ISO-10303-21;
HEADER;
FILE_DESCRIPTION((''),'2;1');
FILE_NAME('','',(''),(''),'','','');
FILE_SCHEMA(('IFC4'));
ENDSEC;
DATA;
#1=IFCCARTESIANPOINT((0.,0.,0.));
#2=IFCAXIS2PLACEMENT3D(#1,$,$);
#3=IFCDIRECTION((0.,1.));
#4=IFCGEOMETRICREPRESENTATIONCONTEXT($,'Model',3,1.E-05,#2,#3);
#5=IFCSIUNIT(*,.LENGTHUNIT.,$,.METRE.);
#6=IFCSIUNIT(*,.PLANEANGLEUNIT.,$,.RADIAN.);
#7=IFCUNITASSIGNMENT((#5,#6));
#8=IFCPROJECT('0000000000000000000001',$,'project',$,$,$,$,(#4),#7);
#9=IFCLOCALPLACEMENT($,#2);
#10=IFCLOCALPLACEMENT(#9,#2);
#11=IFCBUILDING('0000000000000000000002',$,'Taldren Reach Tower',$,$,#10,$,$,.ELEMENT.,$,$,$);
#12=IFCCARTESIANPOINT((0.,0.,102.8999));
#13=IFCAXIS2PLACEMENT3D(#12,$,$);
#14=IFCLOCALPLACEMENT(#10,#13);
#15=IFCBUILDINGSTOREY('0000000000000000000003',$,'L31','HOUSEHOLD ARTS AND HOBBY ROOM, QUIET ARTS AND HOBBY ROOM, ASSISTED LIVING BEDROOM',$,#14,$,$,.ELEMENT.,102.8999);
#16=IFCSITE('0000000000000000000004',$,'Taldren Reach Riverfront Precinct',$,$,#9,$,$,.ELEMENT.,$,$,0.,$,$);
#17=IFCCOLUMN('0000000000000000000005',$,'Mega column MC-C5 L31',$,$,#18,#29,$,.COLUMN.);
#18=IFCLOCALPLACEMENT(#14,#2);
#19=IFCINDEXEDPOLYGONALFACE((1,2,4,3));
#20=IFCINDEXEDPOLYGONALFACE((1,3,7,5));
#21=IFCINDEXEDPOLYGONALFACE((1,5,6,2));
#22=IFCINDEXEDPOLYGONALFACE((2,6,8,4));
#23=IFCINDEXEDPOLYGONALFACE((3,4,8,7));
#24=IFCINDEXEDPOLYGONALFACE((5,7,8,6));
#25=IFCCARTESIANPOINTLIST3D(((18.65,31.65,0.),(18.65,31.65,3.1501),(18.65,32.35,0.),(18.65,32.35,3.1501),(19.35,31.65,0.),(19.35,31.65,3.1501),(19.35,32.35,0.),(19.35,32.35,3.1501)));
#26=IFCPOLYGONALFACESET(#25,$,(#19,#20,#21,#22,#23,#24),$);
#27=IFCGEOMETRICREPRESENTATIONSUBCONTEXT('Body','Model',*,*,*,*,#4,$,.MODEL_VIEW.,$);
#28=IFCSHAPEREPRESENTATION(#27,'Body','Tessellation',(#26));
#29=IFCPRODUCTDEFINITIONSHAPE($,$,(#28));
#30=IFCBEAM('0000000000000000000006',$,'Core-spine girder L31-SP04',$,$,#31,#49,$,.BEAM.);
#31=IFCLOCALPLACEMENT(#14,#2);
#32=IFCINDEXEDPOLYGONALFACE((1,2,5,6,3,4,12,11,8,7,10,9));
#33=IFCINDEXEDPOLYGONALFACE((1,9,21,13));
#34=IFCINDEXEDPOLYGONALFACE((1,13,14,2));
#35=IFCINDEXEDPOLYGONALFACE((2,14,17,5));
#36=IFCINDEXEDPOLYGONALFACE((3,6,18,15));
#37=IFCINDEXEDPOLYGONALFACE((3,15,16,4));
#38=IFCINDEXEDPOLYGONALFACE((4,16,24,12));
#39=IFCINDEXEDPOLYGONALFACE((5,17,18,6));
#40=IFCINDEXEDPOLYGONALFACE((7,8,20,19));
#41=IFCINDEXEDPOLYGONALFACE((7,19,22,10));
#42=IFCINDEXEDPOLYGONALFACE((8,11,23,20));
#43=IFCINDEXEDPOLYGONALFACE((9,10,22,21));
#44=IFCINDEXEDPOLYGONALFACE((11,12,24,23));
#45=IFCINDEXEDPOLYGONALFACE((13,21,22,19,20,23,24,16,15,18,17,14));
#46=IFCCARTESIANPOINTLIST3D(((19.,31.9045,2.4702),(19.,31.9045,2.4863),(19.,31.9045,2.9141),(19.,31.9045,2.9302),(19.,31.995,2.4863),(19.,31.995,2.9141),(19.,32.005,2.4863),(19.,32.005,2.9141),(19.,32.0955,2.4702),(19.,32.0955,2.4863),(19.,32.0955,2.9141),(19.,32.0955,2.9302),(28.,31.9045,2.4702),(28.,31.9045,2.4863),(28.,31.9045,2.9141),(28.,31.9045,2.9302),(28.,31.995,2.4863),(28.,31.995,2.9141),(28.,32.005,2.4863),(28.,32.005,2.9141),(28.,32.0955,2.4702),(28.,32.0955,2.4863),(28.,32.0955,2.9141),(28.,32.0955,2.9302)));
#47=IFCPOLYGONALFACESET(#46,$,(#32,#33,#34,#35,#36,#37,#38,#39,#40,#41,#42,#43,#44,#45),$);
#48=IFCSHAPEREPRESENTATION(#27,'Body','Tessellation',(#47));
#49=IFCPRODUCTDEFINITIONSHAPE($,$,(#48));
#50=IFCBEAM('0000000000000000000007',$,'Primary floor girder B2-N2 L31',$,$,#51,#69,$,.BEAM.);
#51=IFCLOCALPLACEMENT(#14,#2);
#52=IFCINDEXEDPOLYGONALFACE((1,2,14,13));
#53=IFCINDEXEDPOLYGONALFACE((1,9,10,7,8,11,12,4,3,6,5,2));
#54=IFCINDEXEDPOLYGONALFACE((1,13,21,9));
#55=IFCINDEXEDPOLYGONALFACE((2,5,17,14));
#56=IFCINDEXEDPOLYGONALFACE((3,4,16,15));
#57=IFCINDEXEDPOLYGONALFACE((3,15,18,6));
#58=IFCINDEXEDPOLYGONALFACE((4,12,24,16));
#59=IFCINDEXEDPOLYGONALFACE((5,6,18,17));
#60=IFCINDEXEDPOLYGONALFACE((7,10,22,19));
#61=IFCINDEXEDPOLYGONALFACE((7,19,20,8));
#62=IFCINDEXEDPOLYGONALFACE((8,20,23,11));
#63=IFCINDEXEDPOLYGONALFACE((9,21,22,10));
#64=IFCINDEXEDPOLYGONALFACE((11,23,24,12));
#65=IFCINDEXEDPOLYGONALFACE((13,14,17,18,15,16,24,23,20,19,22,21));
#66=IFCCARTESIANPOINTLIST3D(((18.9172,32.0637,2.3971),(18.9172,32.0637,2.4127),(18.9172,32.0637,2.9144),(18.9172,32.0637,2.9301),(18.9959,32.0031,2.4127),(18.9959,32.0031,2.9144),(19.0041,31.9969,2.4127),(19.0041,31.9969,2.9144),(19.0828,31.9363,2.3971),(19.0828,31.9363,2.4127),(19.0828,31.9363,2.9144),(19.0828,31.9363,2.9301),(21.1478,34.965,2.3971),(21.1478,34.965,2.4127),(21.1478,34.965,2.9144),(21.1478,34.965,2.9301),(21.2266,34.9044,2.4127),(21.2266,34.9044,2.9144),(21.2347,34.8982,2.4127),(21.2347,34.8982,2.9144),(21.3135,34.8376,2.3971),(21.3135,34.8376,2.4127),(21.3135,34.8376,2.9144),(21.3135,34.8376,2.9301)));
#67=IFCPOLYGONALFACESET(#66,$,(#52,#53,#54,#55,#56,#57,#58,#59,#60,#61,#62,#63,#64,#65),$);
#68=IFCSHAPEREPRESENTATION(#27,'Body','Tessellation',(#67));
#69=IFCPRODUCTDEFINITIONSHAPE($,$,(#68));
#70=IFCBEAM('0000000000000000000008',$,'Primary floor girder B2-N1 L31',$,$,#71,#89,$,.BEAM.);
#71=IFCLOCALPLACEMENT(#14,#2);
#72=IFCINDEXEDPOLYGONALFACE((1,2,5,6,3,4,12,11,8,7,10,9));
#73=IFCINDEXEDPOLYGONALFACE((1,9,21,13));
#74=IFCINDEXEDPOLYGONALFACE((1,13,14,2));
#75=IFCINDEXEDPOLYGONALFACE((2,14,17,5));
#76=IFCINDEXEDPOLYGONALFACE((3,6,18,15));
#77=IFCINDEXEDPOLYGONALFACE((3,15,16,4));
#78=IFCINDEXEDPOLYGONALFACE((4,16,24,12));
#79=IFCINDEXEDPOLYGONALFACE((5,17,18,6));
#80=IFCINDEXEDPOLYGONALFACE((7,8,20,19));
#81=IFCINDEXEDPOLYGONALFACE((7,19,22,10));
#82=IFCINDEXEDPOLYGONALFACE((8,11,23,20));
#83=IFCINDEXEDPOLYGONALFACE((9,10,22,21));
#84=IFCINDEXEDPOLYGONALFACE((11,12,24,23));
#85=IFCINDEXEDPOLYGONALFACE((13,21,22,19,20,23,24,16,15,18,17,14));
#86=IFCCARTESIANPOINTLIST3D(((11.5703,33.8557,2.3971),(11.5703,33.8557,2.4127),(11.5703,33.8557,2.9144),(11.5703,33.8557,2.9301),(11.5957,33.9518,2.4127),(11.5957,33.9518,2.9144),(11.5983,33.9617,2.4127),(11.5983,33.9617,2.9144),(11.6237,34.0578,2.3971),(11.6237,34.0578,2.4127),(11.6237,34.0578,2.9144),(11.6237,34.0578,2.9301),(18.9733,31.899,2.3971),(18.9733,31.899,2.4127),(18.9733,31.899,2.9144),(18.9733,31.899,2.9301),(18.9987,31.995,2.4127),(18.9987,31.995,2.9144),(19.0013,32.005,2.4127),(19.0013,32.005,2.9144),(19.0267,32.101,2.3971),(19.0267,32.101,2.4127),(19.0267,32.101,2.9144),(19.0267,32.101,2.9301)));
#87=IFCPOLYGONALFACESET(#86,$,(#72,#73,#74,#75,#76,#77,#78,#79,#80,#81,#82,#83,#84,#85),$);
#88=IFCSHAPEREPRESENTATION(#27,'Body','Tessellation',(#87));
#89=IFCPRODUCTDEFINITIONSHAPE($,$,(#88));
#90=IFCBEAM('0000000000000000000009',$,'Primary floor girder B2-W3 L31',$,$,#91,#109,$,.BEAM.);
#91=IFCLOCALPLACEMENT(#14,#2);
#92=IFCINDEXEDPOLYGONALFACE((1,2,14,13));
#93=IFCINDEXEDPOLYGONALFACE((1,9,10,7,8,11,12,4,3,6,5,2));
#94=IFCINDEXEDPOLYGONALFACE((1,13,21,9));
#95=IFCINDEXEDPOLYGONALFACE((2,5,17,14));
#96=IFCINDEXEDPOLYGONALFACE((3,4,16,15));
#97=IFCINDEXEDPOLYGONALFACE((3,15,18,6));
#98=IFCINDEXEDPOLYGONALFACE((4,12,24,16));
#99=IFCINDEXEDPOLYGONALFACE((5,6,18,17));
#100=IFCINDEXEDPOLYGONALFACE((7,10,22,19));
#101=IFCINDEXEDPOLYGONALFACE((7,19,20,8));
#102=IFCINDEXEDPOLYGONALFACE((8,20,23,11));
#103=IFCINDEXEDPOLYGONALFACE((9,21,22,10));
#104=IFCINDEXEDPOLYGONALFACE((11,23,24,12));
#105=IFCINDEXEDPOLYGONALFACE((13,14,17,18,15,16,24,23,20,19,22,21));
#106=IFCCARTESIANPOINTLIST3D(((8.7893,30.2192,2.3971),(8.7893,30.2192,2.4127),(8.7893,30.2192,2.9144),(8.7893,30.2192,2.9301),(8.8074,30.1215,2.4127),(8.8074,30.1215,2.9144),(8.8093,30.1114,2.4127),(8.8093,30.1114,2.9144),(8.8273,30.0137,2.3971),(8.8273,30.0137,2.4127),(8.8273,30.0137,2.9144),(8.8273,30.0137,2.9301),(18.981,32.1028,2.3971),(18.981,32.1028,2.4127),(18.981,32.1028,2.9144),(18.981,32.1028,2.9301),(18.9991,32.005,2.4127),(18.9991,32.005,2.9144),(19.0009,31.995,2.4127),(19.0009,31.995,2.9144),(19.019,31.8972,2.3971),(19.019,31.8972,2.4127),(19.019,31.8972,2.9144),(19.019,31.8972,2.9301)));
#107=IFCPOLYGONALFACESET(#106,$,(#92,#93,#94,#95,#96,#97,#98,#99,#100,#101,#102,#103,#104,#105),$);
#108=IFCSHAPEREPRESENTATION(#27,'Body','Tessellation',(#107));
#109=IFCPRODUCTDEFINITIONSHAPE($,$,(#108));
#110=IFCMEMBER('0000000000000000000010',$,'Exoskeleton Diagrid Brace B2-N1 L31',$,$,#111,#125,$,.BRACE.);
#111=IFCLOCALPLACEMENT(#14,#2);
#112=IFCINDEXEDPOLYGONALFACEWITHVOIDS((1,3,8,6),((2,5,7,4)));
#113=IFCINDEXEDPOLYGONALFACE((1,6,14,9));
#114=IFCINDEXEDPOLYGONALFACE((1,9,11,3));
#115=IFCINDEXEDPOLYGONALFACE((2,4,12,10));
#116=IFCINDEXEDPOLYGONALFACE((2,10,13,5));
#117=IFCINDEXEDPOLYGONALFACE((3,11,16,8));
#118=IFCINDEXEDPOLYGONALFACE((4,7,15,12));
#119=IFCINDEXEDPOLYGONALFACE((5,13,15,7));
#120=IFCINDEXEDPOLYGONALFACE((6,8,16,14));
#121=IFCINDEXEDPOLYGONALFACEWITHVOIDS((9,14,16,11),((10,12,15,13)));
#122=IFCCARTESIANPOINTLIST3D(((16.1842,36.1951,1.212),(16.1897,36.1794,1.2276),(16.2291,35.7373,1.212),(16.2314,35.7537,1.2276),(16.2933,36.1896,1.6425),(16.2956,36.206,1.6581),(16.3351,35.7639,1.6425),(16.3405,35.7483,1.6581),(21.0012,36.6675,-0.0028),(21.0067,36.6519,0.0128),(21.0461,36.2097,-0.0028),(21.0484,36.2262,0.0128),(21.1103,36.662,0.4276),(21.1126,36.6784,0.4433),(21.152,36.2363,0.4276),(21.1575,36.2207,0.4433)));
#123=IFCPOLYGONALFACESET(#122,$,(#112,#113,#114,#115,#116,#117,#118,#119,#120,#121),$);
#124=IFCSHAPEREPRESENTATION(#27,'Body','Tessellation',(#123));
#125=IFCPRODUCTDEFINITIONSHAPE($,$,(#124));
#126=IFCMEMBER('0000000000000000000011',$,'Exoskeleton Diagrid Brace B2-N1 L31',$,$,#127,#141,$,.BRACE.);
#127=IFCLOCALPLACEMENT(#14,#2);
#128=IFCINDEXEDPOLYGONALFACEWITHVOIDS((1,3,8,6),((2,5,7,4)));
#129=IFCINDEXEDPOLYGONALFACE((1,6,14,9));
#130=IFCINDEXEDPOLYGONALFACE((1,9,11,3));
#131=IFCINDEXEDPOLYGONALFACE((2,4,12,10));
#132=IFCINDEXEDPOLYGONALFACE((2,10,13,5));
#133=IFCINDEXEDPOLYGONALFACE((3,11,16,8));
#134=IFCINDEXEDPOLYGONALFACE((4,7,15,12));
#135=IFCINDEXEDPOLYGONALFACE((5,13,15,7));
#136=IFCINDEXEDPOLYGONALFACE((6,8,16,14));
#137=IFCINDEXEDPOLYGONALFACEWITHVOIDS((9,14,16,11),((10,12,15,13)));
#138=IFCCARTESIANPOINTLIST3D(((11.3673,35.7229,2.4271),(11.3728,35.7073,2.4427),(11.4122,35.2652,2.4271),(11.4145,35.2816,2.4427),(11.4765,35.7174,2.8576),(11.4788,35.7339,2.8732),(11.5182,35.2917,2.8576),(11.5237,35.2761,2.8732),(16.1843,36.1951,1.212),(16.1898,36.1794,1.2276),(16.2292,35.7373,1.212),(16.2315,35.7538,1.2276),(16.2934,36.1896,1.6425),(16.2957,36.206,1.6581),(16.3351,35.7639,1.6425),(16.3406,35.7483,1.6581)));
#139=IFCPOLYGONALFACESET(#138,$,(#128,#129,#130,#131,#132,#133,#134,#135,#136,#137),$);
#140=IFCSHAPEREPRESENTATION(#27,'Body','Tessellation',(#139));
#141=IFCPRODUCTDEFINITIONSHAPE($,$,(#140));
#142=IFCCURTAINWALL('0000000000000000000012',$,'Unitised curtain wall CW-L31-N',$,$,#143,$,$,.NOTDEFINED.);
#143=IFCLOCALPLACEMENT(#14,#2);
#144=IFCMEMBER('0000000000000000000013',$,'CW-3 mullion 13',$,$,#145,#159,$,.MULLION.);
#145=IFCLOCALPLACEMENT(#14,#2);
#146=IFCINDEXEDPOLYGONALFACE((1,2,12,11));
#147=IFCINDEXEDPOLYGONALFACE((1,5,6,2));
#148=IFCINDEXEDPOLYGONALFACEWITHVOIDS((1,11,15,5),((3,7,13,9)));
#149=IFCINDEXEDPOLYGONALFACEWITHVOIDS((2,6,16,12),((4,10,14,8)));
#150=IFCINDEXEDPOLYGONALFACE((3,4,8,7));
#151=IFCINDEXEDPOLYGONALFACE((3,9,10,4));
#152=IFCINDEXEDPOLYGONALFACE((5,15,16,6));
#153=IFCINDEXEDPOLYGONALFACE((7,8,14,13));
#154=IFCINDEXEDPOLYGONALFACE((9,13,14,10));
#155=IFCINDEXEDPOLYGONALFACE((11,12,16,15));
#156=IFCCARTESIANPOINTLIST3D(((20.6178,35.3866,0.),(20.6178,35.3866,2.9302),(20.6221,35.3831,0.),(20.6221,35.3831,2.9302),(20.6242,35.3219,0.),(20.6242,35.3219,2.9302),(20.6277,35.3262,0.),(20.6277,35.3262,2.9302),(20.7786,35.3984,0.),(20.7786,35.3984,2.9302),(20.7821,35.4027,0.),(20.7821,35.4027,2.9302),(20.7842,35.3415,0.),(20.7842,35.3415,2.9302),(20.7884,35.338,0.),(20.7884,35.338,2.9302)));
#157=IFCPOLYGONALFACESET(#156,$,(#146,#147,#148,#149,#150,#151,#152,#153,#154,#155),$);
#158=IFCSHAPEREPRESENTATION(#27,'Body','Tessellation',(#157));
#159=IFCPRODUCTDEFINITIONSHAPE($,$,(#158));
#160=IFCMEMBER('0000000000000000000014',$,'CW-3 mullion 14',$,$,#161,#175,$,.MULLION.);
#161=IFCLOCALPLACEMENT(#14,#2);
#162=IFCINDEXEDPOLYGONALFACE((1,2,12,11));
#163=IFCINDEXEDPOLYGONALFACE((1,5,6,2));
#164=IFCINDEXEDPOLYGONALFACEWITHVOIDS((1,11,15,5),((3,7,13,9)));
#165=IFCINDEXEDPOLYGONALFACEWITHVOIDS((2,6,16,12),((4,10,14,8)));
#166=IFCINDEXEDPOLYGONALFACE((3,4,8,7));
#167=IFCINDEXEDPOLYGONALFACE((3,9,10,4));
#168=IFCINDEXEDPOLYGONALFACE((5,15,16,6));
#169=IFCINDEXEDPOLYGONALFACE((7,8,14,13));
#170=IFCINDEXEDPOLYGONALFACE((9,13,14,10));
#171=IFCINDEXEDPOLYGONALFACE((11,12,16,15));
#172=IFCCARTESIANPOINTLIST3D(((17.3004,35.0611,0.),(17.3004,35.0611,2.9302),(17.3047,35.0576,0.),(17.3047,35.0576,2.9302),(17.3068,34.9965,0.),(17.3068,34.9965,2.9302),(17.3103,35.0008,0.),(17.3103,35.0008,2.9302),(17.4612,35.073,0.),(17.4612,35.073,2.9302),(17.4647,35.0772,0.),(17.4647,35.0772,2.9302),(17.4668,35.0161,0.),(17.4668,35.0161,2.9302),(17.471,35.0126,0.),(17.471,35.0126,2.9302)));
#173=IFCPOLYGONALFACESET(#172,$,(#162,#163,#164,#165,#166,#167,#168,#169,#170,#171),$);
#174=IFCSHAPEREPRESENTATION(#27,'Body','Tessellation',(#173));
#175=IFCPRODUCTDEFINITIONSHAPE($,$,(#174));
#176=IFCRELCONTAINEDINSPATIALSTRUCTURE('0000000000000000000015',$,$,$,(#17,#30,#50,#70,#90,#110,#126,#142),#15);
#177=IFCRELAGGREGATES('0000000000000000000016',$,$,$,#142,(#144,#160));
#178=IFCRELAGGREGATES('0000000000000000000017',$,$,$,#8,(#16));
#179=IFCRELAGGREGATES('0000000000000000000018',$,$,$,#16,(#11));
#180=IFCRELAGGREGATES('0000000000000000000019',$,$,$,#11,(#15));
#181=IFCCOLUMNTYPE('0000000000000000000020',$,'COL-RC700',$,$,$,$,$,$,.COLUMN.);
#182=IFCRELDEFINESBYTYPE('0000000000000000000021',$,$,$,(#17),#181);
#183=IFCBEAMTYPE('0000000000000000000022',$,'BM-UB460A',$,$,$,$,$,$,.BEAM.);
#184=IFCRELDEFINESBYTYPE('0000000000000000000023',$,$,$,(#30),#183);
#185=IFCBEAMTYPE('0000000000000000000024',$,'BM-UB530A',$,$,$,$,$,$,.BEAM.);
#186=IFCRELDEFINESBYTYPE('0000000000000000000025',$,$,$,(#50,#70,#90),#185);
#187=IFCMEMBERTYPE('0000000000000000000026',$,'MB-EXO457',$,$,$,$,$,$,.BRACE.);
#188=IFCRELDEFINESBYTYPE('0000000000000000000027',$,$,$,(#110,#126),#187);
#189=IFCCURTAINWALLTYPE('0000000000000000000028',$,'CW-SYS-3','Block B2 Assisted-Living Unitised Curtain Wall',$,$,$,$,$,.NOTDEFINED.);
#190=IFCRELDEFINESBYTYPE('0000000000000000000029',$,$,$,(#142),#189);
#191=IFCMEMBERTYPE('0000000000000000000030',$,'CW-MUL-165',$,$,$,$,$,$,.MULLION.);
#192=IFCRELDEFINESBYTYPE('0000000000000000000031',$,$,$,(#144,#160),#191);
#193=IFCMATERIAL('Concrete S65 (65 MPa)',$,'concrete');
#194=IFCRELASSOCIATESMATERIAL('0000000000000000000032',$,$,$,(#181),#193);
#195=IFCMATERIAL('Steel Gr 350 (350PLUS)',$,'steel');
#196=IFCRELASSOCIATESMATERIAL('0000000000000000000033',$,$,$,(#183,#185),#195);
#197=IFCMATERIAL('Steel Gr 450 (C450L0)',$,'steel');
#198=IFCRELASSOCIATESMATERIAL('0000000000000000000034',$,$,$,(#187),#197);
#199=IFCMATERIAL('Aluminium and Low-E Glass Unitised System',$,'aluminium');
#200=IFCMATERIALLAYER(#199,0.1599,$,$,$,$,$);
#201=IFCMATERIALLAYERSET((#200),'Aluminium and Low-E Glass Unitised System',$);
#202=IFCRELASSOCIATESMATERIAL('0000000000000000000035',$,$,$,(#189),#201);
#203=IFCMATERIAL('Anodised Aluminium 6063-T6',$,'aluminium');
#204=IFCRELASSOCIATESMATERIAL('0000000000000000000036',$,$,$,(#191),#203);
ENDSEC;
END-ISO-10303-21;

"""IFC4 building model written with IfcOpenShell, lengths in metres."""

from ifc_helpers import new_model, si_unit, direction, frame, origin, origin_2d, place, context, subcontext, project, spatial, rectangle, hollow_rectangle, i_section, extrude, source, transform, mapped, material, layer, layer_set, material_profile, profile_set, type_object, element, aggregate, save


model = new_model("IFC4")

# Units and contexts
model_context = context("Model", 3, precision=1e-05, world=origin(), true_north=direction((0.0, 1.0)))
body_context = subcontext(model_context, "Body", "Model", "MODEL_VIEW")
ifc_project = project(units=[si_unit("LENGTHUNIT", "METRE"), si_unit("PLANEANGLEUNIT", "RADIAN")], contexts=[model_context])

# Site, building, storey
site_placement = place(None, origin())
site = spatial("IfcSite", under=ifc_project, at=site_placement, Name="Taldren Reach Riverfront Precinct", CompositionType="ELEMENT", RefElevation=0.0)
building_placement = place(site_placement, origin())
building = spatial("IfcBuilding", under=site, at=building_placement, Name="Taldren Reach Tower", CompositionType="ELEMENT")
storey_placement = place(building_placement, frame((0.0, 0.0, 102.8999)))
storey = spatial("IfcBuildingStorey", under=building, at=storey_placement, Name="L31", Description="HOUSEHOLD ARTS AND HOBBY ROOM, QUIET ARTS AND HOBBY ROOM, ASSISTED LIVING BEDROOM", CompositionType="ELEMENT", Elevation=102.8999)

# Column
ifc_material_1 = material(Name="Concrete S65 (65 MPa)", Category="concrete")
ifc_material_profile_1 = material_profile(ifc_material_1, rectangle(XDim=0.7, YDim=0.7, at=origin_2d()), Name="RC-700x700")
ifc_profile_set_1 = profile_set([ifc_material_profile_1], Name="Concrete S65 (65 MPa)")
column_type = type_object("IfcColumnType", Name="COL-RC700", PredefinedType="COLUMN", material=ifc_profile_set_1)
shared_shape_1 = source(origin(), body_context, "Body", "SweptSolid", [
    extrude(rectangle(XDim=0.7, YDim=0.7, at=origin_2d()), origin(), (0.0, 0.0, 1.0), 3.1501),
])
column_placement = place(storey_placement, frame((19.0, 32.0, 0.0), z_axis=(0.0, 0.0, 1.0), x_axis=(1.0, 0.0, 0.0)))
element("IfcColumn", 1, at=column_placement, inside=storey, type_object=column_type, Name="Mega column MC-C5 L31", PredefinedType="COLUMN", context=body_context, shape_type="MappedRepresentation", body=[
    mapped(shared_shape_1, transform((0.0, 0.0, 0.0), scale=1.0)),
])

# Beams
ifc_material_2 = material(Name="Steel Gr 350 (350PLUS)", Category="steel")
ifc_material_profile_2 = material_profile(ifc_material_2, i_section(OverallWidth=0.1909, OverallDepth=0.46, WebThickness=0.01, FlangeThickness=0.0161, at=origin_2d()), Name="460UB82.1")
ifc_profile_set_2 = profile_set([ifc_material_profile_2], Name="Steel Gr 350 (350PLUS)")
beam_type_1 = type_object("IfcBeamType", Name="BM-UB460A", PredefinedType="BEAM", material=ifc_profile_set_2)
shared_shape_2 = source(origin(), body_context, "Body", "SweptSolid", [
    extrude(i_section(OverallWidth=0.1909, OverallDepth=0.46, WebThickness=0.01, FlangeThickness=0.0161, at=origin_2d()), origin(), (0.0, 0.0, 1.0), 9.0),
])
beam_1_placement = place(storey_placement, frame((19.0, 32.0, 2.7002), z_axis=(1.0, 0.0, 0.0), x_axis=(0.0, 1.0, 0.0)))
element("IfcBeam", 2, at=beam_1_placement, inside=storey, type_object=beam_type_1, Name="Core-spine girder L31-SP04", PredefinedType="BEAM", context=body_context, shape_type="MappedRepresentation", body=[
    mapped(shared_shape_2, transform((0.0, 0.0, 0.0), scale=1.0)),
])
ifc_material_profile_3 = material_profile(ifc_material_2, i_section(OverallWidth=0.209, OverallDepth=0.533, WebThickness=0.0103, FlangeThickness=0.0156, at=origin_2d()), Name="530UB92.4")
ifc_profile_set_3 = profile_set([ifc_material_profile_3], Name="Steel Gr 350 (350PLUS)")
beam_type_2 = type_object("IfcBeamType", Name="BM-UB530A", PredefinedType="BEAM", material=ifc_profile_set_3)
shared_shape_3 = source(origin(), body_context, "Body", "SweptSolid", [
    extrude(i_section(OverallWidth=0.209, OverallDepth=0.533, WebThickness=0.0103, FlangeThickness=0.0156, at=origin_2d()), origin(), (0.0, 0.0, 1.0), 3.6597),
])
beam_2_placement = place(storey_placement, frame((19.0, 32.0, 2.6636), z_axis=(0.609521, 0.79277, 0.0), x_axis=(-0.79277, 0.609521, 0.0)))
element("IfcBeam", 3, at=beam_2_placement, inside=storey, type_object=beam_type_2, Name="Primary floor girder B2-N2 L31", PredefinedType="BEAM", context=body_context, shape_type="MappedRepresentation", body=[
    mapped(shared_shape_3, transform((0.0, 0.0, 0.0), scale=1.0)),
])
shared_shape_4 = source(origin(), body_context, "Body", "SweptSolid", [
    extrude(i_section(OverallWidth=0.209, OverallDepth=0.533, WebThickness=0.0103, FlangeThickness=0.0156, at=origin_2d()), origin(), (0.0, 0.0, 1.0), 7.6572),
])
beam_3_placement = place(storey_placement, frame((19.0, 32.0, 2.6636), z_axis=(-0.966797, 0.255545, 0.0), x_axis=(-0.255545, -0.966797, 0.0)))
element("IfcBeam", 4, at=beam_3_placement, inside=storey, type_object=beam_type_2, Name="Primary floor girder B2-N1 L31", PredefinedType="BEAM", context=body_context, shape_type="MappedRepresentation", body=[
    mapped(shared_shape_4, transform((0.0, 0.0, 0.0), scale=1.0)),
])
shared_shape_5 = source(origin(), body_context, "Body", "SweptSolid", [
    extrude(i_section(OverallWidth=0.209, OverallDepth=0.533, WebThickness=0.0103, FlangeThickness=0.0156, at=origin_2d()), origin(), (0.0, 0.0, 1.0), 10.3643),
])
beam_4_placement = place(storey_placement, frame((19.0, 32.0, 2.6636), z_axis=(-0.983348, -0.181735, 0.0), x_axis=(0.181735, -0.983348, 0.0)))
element("IfcBeam", 5, at=beam_4_placement, inside=storey, type_object=beam_type_2, Name="Primary floor girder B2-W3 L31", PredefinedType="BEAM", context=body_context, shape_type="MappedRepresentation", body=[
    mapped(shared_shape_5, transform((0.0, 0.0, 0.0), scale=1.0)),
])

# Members
ifc_material_3 = material(Name="Steel Gr 450 (C450L0)", Category="steel")
ifc_material_profile_4 = material_profile(ifc_material_3, hollow_rectangle(XDim=0.46, YDim=0.46, WallThickness=0.0161, at=origin_2d()), Name="460x460x16.0SHS")
ifc_profile_set_4 = profile_set([ifc_material_profile_4], Name="Steel Gr 450 (C450L0)")
member_type_1 = type_object("IfcMemberType", Name="MB-EXO457", PredefinedType="BRACE", material=ifc_profile_set_4)
shared_shape_6 = source(origin(), body_context, "Body", "SweptSolid", [
    extrude(hollow_rectangle(XDim=0.46, YDim=0.46, WallThickness=0.0161, at=origin_2d()), origin(), (0.0, 0.0, 1.0), 4.9902),
])
for number, where, z_axis, x_axis, name in (
    (6, (21.0793, 36.4441, 0.2202), (-0.965283, -0.094669, 0.243449), (0.097606, -0.995225, 0.0), "Exoskeleton Diagrid Brace B2-N1 L31"),
    (7, (16.2625, 35.9717, 1.4351), (-0.965276, -0.09462, 0.243496), (0.097556, -0.99523, 0.0), "Exoskeleton Diagrid Brace B2-N1 L31"),
):
    element("IfcMember", number, at=place(storey_placement, frame(where, z_axis=z_axis, x_axis=x_axis)), inside=storey, type_object=member_type_1, Name=name, PredefinedType="BRACE", context=body_context, shape_type="MappedRepresentation", body=[
        mapped(shared_shape_6, transform((0.0, 0.0, 0.0), scale=1.0)),
    ])

# Curtain wall, members
ifc_material_4 = material(Name="Aluminium and Low-E Glass Unitised System", Category="aluminium")
ifc_layer_1 = layer(ifc_material_4, 0.1599)
ifc_layer_set_1 = layer_set([ifc_layer_1], Name="Aluminium and Low-E Glass Unitised System")
curtain_wall_type = type_object("IfcCurtainWallType", Name="CW-SYS-3", Description="Block B2 Assisted-Living Unitised Curtain Wall", PredefinedType="NOTDEFINED", material=ifc_layer_set_1)
curtain_wall_placement = place(storey_placement, origin())
curtain_wall = element("IfcCurtainWall", 8, at=curtain_wall_placement, inside=storey, type_object=curtain_wall_type, Name="Unitised curtain wall CW-L31-N", PredefinedType="NOTDEFINED")
ifc_material_5 = material(Name="Anodised Aluminium 6063-T6", Category="aluminium")
ifc_material_profile_5 = material_profile(ifc_material_5, hollow_rectangle(XDim=0.0649, YDim=0.165, WallThickness=0.0039, at=origin_2d()), Name="ALU-165x65x4RHS")
ifc_profile_set_5 = profile_set([ifc_material_profile_5], Name="Anodised Aluminium 6063-T6")
member_type_2 = type_object("IfcMemberType", Name="CW-MUL-165", PredefinedType="MULLION", material=ifc_profile_set_5)
shared_shape_7 = source(origin(), body_context, "Body", "SweptSolid", [
    extrude(hollow_rectangle(XDim=0.0649, YDim=0.165, WallThickness=0.0039, at=origin_2d()), origin(), (0.0, 0.0, 1.0), 2.9302),
])
member_1_placement = place(storey_placement, frame((20.7031, 35.3623, 0.0), z_axis=(0.0, 0.0, 1.0), x_axis=(0.097583, -0.995227, 0.0)))
member_1 = element("IfcMember", 9, at=member_1_placement, type_object=member_type_2, Name="CW-3 mullion 13", PredefinedType="MULLION", context=body_context, shape_type="MappedRepresentation", body=[
    mapped(shared_shape_7, transform((0.0, 0.0, 0.0), scale=1.0)),
])
member_2_placement = place(storey_placement, frame((17.3857, 35.0369, 0.0), z_axis=(0.0, 0.0, 1.0), x_axis=(0.097583, -0.995227, 0.0)))
member_2 = element("IfcMember", 10, at=member_2_placement, type_object=member_type_2, Name="CW-3 mullion 14", PredefinedType="MULLION", context=body_context, shape_type="MappedRepresentation", body=[
    mapped(shared_shape_7, transform((0.0, 0.0, 0.0), scale=1.0)),
])

aggregate(curtain_wall, [member_1, member_2])

save(model, "model.ifc")
